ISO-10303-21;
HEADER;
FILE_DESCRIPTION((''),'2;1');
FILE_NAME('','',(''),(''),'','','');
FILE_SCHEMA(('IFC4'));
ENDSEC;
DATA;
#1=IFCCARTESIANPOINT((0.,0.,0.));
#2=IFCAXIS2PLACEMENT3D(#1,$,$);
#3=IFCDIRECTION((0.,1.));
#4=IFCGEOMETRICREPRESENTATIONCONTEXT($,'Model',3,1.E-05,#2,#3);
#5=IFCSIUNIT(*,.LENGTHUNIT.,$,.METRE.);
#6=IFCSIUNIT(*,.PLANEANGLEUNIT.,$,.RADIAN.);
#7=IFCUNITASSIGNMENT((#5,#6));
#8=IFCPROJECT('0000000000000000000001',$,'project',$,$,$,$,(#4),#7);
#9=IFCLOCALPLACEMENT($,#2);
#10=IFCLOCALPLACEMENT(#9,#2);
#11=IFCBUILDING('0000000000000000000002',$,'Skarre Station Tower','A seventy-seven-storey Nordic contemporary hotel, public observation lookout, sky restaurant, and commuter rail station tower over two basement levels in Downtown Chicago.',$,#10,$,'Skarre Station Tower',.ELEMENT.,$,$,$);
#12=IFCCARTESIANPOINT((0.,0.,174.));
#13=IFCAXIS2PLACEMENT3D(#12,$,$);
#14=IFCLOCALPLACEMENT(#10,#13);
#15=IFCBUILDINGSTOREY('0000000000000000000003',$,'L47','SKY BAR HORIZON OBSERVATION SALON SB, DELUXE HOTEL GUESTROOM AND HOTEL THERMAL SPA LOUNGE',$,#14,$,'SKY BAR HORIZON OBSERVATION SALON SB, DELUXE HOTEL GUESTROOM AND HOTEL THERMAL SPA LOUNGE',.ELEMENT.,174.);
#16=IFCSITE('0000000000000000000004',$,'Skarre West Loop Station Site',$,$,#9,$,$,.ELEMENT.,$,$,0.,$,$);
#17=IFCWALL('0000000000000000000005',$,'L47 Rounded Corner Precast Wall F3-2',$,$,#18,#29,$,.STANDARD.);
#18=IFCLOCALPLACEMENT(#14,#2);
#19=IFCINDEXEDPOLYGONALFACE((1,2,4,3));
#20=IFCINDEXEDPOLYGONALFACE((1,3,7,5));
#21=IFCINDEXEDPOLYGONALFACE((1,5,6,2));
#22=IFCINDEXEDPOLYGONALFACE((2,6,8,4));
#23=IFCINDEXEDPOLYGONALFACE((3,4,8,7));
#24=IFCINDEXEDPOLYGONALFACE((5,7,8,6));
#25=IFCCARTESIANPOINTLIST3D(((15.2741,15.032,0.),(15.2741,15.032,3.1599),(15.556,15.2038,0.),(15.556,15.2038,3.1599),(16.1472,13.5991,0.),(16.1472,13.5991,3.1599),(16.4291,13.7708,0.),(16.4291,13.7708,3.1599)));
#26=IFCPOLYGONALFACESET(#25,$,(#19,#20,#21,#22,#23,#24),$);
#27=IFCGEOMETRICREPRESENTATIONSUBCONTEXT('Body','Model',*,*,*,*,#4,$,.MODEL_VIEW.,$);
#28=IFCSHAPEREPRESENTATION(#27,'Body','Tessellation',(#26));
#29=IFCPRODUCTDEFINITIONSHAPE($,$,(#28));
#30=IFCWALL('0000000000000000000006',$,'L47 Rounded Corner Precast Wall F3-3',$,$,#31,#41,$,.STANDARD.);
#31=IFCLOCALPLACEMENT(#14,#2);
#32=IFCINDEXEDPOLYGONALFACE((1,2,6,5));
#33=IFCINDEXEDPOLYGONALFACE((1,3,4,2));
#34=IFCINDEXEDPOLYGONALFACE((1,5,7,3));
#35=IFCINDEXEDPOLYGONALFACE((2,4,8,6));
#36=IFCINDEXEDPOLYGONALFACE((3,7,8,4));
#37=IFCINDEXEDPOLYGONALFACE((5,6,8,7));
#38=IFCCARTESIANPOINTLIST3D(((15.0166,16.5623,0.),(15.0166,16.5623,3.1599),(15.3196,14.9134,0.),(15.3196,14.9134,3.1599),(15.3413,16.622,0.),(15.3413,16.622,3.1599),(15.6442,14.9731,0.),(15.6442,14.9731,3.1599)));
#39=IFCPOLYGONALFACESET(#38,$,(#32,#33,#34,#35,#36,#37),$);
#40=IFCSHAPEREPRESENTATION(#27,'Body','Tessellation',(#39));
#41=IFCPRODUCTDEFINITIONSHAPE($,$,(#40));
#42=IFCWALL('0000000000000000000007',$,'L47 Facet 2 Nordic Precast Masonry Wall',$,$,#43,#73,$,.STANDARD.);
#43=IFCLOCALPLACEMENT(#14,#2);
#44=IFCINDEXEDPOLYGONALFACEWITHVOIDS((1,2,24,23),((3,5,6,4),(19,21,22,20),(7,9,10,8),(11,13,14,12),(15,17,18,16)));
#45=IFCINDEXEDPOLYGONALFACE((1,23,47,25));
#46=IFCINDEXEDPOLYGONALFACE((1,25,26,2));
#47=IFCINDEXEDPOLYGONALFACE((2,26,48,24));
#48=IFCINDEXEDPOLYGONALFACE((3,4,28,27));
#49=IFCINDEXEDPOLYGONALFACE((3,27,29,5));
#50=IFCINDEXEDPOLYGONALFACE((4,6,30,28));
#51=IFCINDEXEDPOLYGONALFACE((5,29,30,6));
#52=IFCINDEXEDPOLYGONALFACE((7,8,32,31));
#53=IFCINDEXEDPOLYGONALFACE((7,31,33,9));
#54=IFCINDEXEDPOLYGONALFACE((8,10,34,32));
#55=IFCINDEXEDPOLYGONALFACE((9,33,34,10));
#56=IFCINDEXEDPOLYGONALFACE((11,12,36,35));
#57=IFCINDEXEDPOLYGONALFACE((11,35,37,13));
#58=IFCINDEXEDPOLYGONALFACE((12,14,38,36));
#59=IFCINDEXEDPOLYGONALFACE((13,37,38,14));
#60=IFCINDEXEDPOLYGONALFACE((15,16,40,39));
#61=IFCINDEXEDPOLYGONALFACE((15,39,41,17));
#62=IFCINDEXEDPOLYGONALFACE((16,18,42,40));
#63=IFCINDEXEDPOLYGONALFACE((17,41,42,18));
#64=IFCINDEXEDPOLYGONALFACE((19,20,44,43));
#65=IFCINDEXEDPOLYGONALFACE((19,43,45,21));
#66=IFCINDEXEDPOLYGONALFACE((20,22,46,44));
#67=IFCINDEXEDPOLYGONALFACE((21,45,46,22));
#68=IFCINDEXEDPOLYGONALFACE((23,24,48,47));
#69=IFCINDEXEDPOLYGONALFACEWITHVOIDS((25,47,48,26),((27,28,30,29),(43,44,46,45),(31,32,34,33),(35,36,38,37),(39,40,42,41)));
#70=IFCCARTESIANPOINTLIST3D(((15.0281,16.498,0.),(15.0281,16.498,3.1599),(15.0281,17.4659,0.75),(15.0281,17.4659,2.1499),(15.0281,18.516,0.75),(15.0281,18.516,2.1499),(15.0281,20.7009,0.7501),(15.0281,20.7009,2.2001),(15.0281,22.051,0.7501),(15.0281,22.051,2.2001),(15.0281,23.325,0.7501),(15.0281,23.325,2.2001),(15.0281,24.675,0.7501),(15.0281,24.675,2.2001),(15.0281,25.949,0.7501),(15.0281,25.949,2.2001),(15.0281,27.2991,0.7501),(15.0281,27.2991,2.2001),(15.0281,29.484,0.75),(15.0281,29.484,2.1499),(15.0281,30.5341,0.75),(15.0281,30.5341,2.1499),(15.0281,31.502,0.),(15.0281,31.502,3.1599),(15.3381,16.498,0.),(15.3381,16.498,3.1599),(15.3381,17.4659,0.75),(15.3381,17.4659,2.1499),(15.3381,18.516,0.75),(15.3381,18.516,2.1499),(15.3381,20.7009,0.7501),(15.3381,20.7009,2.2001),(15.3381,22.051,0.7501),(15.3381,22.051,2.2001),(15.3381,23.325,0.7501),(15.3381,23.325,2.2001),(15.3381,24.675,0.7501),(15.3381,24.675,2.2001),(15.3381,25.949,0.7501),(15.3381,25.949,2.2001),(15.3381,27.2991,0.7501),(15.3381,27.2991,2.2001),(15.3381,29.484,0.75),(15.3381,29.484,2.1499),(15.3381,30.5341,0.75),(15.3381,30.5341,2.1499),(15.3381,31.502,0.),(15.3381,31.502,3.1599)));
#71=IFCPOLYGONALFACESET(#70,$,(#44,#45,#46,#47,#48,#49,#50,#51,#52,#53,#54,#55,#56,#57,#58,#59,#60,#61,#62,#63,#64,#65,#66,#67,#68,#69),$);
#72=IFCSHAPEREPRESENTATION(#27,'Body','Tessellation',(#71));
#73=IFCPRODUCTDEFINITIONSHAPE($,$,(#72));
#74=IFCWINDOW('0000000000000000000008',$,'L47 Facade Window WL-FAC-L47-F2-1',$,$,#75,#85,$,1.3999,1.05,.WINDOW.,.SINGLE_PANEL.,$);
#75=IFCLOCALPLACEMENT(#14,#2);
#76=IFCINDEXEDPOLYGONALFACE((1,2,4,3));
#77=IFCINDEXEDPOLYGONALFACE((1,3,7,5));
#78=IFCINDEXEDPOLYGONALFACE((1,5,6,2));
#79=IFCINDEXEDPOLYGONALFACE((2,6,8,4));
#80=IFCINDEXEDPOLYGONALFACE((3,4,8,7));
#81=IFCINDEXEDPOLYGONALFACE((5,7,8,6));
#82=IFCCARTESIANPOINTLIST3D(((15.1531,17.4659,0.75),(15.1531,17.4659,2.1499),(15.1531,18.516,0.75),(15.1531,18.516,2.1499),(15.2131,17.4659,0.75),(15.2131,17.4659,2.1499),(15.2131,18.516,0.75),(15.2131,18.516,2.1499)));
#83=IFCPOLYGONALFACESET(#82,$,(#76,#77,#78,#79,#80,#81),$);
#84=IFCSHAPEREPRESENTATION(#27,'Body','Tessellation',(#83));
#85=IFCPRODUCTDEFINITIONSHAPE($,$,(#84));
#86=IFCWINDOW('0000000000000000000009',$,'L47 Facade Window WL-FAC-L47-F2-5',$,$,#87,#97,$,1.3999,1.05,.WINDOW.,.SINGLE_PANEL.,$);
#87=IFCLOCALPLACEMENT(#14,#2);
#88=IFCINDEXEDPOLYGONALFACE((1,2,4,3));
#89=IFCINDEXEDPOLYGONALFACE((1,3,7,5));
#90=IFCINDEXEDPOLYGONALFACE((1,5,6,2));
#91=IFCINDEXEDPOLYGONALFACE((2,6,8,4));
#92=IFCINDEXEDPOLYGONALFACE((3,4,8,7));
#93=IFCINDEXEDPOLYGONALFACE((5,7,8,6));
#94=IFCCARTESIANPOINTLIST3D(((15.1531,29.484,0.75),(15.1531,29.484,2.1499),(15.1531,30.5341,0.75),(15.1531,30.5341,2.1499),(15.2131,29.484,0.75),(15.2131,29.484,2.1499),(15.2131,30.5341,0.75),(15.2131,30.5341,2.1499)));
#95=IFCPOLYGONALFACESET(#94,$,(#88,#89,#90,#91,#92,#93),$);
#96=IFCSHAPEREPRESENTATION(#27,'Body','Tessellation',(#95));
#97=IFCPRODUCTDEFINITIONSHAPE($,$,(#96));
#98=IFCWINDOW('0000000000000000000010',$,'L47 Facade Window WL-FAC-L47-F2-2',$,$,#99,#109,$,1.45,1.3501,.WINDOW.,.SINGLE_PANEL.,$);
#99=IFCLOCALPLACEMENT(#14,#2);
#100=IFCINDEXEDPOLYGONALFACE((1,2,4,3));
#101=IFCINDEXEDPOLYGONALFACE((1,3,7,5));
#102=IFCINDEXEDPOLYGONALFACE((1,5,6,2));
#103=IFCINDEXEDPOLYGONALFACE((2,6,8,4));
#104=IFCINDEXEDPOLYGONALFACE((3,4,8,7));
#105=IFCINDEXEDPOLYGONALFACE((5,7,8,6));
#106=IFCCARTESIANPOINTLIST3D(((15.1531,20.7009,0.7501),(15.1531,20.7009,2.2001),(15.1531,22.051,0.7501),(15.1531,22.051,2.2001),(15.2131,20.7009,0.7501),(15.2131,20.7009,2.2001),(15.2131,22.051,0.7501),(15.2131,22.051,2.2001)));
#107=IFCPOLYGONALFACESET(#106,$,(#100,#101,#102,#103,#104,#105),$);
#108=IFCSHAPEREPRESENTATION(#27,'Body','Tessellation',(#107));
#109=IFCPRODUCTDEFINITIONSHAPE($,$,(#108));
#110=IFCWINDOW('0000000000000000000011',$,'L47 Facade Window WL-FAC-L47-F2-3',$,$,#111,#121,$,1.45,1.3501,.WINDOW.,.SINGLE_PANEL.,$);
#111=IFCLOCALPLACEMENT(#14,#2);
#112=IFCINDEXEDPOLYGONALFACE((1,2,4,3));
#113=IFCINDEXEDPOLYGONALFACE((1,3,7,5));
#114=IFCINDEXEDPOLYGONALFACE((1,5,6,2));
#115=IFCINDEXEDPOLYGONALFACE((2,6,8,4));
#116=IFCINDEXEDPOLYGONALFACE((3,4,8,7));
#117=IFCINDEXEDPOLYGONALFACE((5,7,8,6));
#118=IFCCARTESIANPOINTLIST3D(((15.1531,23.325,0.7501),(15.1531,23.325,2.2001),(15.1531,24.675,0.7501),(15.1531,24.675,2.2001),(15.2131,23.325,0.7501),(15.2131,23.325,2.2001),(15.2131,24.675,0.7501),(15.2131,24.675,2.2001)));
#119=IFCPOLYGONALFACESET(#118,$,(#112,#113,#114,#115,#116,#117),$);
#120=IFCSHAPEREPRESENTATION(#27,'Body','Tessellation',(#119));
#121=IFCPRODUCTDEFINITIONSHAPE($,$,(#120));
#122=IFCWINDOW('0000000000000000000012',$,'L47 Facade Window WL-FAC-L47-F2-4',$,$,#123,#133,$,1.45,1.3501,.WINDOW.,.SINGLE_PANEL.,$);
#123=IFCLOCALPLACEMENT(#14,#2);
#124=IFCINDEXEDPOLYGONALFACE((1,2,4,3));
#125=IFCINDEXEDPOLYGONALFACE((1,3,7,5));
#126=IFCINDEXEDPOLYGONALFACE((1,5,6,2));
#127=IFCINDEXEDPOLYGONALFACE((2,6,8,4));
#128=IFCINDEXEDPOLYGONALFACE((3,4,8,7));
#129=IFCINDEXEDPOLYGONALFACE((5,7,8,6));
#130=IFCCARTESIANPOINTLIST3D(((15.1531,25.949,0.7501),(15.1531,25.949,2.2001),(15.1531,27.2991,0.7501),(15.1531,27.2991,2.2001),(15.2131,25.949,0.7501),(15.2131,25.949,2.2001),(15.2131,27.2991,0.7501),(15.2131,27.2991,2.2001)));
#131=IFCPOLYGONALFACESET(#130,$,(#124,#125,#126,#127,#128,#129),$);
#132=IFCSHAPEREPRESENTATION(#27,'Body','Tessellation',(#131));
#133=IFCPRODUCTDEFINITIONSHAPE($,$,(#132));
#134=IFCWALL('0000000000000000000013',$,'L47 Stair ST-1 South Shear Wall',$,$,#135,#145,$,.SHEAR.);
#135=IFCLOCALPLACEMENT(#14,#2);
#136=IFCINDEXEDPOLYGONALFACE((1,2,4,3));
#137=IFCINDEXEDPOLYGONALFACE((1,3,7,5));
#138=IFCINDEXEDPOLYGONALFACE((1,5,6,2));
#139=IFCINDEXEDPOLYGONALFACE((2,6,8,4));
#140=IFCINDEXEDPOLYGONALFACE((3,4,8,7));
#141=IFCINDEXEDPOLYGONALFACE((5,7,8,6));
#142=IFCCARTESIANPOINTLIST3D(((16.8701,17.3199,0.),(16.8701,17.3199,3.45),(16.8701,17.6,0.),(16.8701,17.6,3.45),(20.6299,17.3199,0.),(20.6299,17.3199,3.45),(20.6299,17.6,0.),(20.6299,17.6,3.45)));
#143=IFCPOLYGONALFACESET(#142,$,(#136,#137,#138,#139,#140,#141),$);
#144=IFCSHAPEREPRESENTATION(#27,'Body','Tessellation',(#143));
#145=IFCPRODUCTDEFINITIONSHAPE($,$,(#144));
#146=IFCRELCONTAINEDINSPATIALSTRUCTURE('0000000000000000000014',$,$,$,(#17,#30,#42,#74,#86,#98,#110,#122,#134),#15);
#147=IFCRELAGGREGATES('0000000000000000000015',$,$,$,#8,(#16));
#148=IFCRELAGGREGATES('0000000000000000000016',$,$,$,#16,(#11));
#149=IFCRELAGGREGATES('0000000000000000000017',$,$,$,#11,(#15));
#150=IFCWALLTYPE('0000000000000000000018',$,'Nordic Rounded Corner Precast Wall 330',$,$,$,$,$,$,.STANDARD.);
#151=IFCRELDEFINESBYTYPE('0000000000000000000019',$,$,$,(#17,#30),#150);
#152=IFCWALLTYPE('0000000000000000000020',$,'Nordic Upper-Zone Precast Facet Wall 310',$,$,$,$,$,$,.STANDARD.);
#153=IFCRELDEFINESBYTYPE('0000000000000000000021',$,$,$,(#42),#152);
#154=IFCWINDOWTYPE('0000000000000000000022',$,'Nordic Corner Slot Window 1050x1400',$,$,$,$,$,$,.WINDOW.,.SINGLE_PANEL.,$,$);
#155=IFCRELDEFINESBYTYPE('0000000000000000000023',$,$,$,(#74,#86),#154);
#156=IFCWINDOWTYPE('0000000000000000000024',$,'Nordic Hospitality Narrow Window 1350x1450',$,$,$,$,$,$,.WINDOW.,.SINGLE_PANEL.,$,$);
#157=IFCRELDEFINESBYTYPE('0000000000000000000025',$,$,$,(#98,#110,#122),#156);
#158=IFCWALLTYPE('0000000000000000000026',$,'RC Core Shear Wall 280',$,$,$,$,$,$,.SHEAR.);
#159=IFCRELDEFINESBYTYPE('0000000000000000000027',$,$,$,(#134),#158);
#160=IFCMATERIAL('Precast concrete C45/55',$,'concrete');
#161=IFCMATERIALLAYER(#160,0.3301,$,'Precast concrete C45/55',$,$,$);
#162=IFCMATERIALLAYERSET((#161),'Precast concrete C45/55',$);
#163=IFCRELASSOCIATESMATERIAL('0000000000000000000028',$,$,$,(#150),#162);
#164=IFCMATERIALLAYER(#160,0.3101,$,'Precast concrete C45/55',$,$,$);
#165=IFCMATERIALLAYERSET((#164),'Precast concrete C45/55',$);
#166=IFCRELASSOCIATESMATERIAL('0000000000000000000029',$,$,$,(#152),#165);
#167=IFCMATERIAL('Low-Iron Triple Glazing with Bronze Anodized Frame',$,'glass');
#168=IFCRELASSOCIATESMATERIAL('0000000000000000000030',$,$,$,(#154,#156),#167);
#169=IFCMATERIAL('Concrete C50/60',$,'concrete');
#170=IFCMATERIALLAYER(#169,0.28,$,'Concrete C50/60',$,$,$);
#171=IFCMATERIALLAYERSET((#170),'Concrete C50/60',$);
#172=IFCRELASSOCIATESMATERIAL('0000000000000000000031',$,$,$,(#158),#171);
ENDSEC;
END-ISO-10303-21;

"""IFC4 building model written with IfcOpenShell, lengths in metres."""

from ifc_helpers import new_model, si_unit, direction, frame, frame_2d, origin, place, context, subcontext, project, spatial, rectangle, extrude, material, layer, layer_set, type_object, element, fill, save


model = new_model("IFC4")

# Units and contexts
model_context = context("Model", 3, precision=1e-05, world=origin(), true_north=direction((0.0, 1.0)))
body_context = subcontext(model_context, "Body", "Model", "MODEL_VIEW")
ifc_project = project(units=[si_unit("LENGTHUNIT", "METRE"), si_unit("PLANEANGLEUNIT", "RADIAN")], contexts=[model_context])

# Site, building, storey
site_placement = place(None, origin())
site = spatial("IfcSite", under=ifc_project, at=site_placement, Name="Skarre West Loop Station Site", CompositionType="ELEMENT", RefElevation=0.0)
building_placement = place(site_placement, origin())
building = spatial("IfcBuilding", under=site, at=building_placement, Name="Skarre Station Tower", Description="A seventy-seven-storey Nordic contemporary hotel, public observation lookout, sky restaurant, and commuter rail station tower over two basement levels in Downtown Chicago.", LongName="Skarre Station Tower", CompositionType="ELEMENT")
storey_placement = place(building_placement, frame((0.0, 0.0, 174.0)))
storey = spatial("IfcBuildingStorey", under=building, at=storey_placement, Name="L47", Description="SKY BAR HORIZON OBSERVATION SALON SB, DELUXE HOTEL GUESTROOM AND HOTEL THERMAL SPA LOUNGE", LongName="SKY BAR HORIZON OBSERVATION SALON SB, DELUXE HOTEL GUESTROOM AND HOTEL THERMAL SPA LOUNGE", CompositionType="ELEMENT", Elevation=174.0)

# Shared definitions
ifc_material_1 = material(Name="Concrete C50/60", Category="concrete")

# Walls
ifc_material_2 = material(Name="Precast concrete C45/55", Category="concrete")
ifc_layer_1 = layer(ifc_material_2, 0.3301, Name="Precast concrete C45/55")
ifc_layer_set_1 = layer_set([ifc_layer_1], Name="Precast concrete C45/55")
wall_type_1 = type_object("IfcWallType", Name="Nordic Rounded Corner Precast Wall 330", PredefinedType="STANDARD", material=ifc_layer_set_1)
wall_1_placement = place(storey_placement, frame((16.2881, 13.6851, 0.0), z_axis=(0.0, 0.0, 1.0), x_axis=(-0.520325, 0.853968, 0.0)))
element("IfcWall", 1, at=wall_1_placement, inside=storey, type_object=wall_type_1, Name="L47 Rounded Corner Precast Wall F3-2", PredefinedType="STANDARD", context=body_context, shape_type="SweptSolid", body=[
    extrude(rectangle(XDim=1.678, YDim=0.3301, at=frame_2d((0.8389, 0.0))), origin(), (0.0, 0.0, 1.0), 3.1599),
])
wall_2_placement = place(storey_placement, frame((15.4819, 14.9431, 0.0), z_axis=(0.0, 0.0, 1.0), x_axis=(-0.180718, 0.983535, 0.0)))
element("IfcWall", 2, at=wall_2_placement, inside=storey, type_object=wall_type_1, Name="L47 Rounded Corner Precast Wall F3-3", PredefinedType="STANDARD", context=body_context, shape_type="SweptSolid", body=[
    extrude(rectangle(XDim=1.6765, YDim=0.3301, at=frame_2d((0.8384, 0.0))), origin(), (0.0, 0.0, 1.0), 3.1599),
])

# Wall, openings, windows
ifc_layer_2 = layer(ifc_material_2, 0.3101, Name="Precast concrete C45/55")
ifc_layer_set_2 = layer_set([ifc_layer_2], Name="Precast concrete C45/55")
wall_type_2 = type_object("IfcWallType", Name="Nordic Upper-Zone Precast Facet Wall 310", PredefinedType="STANDARD", material=ifc_layer_set_2)
wall_3_placement = place(storey_placement, frame((15.1831, 16.498, 0.0), z_axis=(0.0, 0.0, 1.0), x_axis=(0.0, 1.0, 0.0)))
wall_3 = element("IfcWall", 3, at=wall_3_placement, inside=storey, type_object=wall_type_2, Name="L47 Facet 2 Nordic Precast Masonry Wall", PredefinedType="STANDARD", context=body_context, shape_type="SweptSolid", body=[
    extrude(rectangle(XDim=15.0039, YDim=0.3101, at=frame_2d((7.502, 0.0))), origin(), (0.0, 0.0, 1.0), 3.1599),
])
opening_1_placement = place(wall_3_placement, frame((0.968, 0.0, 0.75)))
opening_1 = element("IfcOpeningElement", 4, at=opening_1_placement, cuts=wall_3, PredefinedType="OPENING", context=body_context, shape_type="SweptSolid", body=[
    extrude(rectangle(XDim=1.05, YDim=1.3999, at=frame_2d((0.5249, 0.7))), frame((0.0, 0.165, 0.0), z_axis=(0.0, -1.0, 0.0), x_axis=(1.0, 0.0, 0.0)), (0.0, 0.0, 1.0), 0.3301),
])
opening_2_placement = place(wall_3_placement, frame((4.2029, 0.0, 0.75)))
opening_2 = element("IfcOpeningElement", 5, at=opening_2_placement, cuts=wall_3, PredefinedType="OPENING", context=body_context, shape_type="SweptSolid", body=[
    extrude(rectangle(XDim=1.3501, YDim=1.45, at=frame_2d((0.675, 0.7251))), frame((0.0, 0.165, 0.0), z_axis=(0.0, -1.0, 0.0), x_axis=(1.0, 0.0, 0.0)), (0.0, 0.0, 1.0), 0.3301),
])
opening_3_placement = place(wall_3_placement, frame((6.8269, 0.0, 0.75)))
opening_3 = element("IfcOpeningElement", 6, at=opening_3_placement, cuts=wall_3, PredefinedType="OPENING", context=body_context, shape_type="SweptSolid", body=[
    extrude(rectangle(XDim=1.3501, YDim=1.45, at=frame_2d((0.675, 0.7251))), frame((0.0, 0.165, 0.0), z_axis=(0.0, -1.0, 0.0), x_axis=(1.0, 0.0, 0.0)), (0.0, 0.0, 1.0), 0.3301),
])
opening_4_placement = place(wall_3_placement, frame((9.4509, 0.0, 0.75)))
opening_4 = element("IfcOpeningElement", 7, at=opening_4_placement, cuts=wall_3, PredefinedType="OPENING", context=body_context, shape_type="SweptSolid", body=[
    extrude(rectangle(XDim=1.3501, YDim=1.45, at=frame_2d((0.675, 0.7251))), frame((0.0, 0.165, 0.0), z_axis=(0.0, -1.0, 0.0), x_axis=(1.0, 0.0, 0.0)), (0.0, 0.0, 1.0), 0.3301),
])
opening_5_placement = place(wall_3_placement, frame((12.9861, 0.0, 0.75)))
opening_5 = element("IfcOpeningElement", 8, at=opening_5_placement, cuts=wall_3, PredefinedType="OPENING", context=body_context, shape_type="SweptSolid", body=[
    extrude(rectangle(XDim=1.05, YDim=1.3999, at=frame_2d((0.5249, 0.7))), frame((0.0, 0.165, 0.0), z_axis=(0.0, -1.0, 0.0), x_axis=(1.0, 0.0, 0.0)), (0.0, 0.0, 1.0), 0.3301),
])
ifc_material_3 = material(Name="Low-Iron Triple Glazing with Bronze Anodized Frame", Category="glass")
window_type_1 = type_object("IfcWindowType", Name="Nordic Corner Slot Window 1050x1400", PartitioningType="SINGLE_PANEL", PredefinedType="WINDOW", material=ifc_material_3)
window_1_placement = place(opening_1_placement, origin())
window_1 = element("IfcWindow", 9, at=window_1_placement, inside=storey, type_object=window_type_1, Name="L47 Facade Window WL-FAC-L47-F2-1", OverallHeight=1.3999, OverallWidth=1.05, PartitioningType="SINGLE_PANEL", PredefinedType="WINDOW", context=body_context, shape_type="SweptSolid", body=[
    extrude(rectangle(XDim=1.05, YDim=1.3999, at=frame_2d((0.5249, 0.7))), frame((0.0, 0.03, 0.0), z_axis=(0.0, -1.0, 0.0), x_axis=(1.0, 0.0, 0.0)), (0.0, 0.0, 1.0), 0.0601),
])
fill(opening_1, window_1)
window_2_placement = place(opening_5_placement, origin())
window_2 = element("IfcWindow", 10, at=window_2_placement, inside=storey, type_object=window_type_1, Name="L47 Facade Window WL-FAC-L47-F2-5", OverallHeight=1.3999, OverallWidth=1.05, PartitioningType="SINGLE_PANEL", PredefinedType="WINDOW", context=body_context, shape_type="SweptSolid", body=[
    extrude(rectangle(XDim=1.05, YDim=1.3999, at=frame_2d((0.5249, 0.7))), frame((0.0, 0.03, 0.0), z_axis=(0.0, -1.0, 0.0), x_axis=(1.0, 0.0, 0.0)), (0.0, 0.0, 1.0), 0.0601),
])
fill(opening_5, window_2)
window_type_2 = type_object("IfcWindowType", Name="Nordic Hospitality Narrow Window 1350x1450", PartitioningType="SINGLE_PANEL", PredefinedType="WINDOW", material=ifc_material_3)
window_3_placement = place(opening_2_placement, origin())
window_3 = element("IfcWindow", 11, at=window_3_placement, inside=storey, type_object=window_type_2, Name="L47 Facade Window WL-FAC-L47-F2-2", OverallHeight=1.45, OverallWidth=1.3501, PartitioningType="SINGLE_PANEL", PredefinedType="WINDOW", context=body_context, shape_type="SweptSolid", body=[
    extrude(rectangle(XDim=1.3501, YDim=1.45, at=frame_2d((0.675, 0.7251))), frame((0.0, 0.03, 0.0), z_axis=(0.0, -1.0, 0.0), x_axis=(1.0, 0.0, 0.0)), (0.0, 0.0, 1.0), 0.0601),
])
fill(opening_2, window_3)
window_4_placement = place(opening_3_placement, origin())
window_4 = element("IfcWindow", 12, at=window_4_placement, inside=storey, type_object=window_type_2, Name="L47 Facade Window WL-FAC-L47-F2-3", OverallHeight=1.45, OverallWidth=1.3501, PartitioningType="SINGLE_PANEL", PredefinedType="WINDOW", context=body_context, shape_type="SweptSolid", body=[
    extrude(rectangle(XDim=1.3501, YDim=1.45, at=frame_2d((0.675, 0.7251))), frame((0.0, 0.03, 0.0), z_axis=(0.0, -1.0, 0.0), x_axis=(1.0, 0.0, 0.0)), (0.0, 0.0, 1.0), 0.0601),
])
fill(opening_3, window_4)
window_5_placement = place(opening_4_placement, origin())
window_5 = element("IfcWindow", 13, at=window_5_placement, inside=storey, type_object=window_type_2, Name="L47 Facade Window WL-FAC-L47-F2-4", OverallHeight=1.45, OverallWidth=1.3501, PartitioningType="SINGLE_PANEL", PredefinedType="WINDOW", context=body_context, shape_type="SweptSolid", body=[
    extrude(rectangle(XDim=1.3501, YDim=1.45, at=frame_2d((0.675, 0.7251))), frame((0.0, 0.03, 0.0), z_axis=(0.0, -1.0, 0.0), x_axis=(1.0, 0.0, 0.0)), (0.0, 0.0, 1.0), 0.0601),
])
fill(opening_4, window_5)

# Wall
ifc_layer_3 = layer(ifc_material_1, 0.28, Name="Concrete C50/60")
ifc_layer_set_3 = layer_set([ifc_layer_3], Name="Concrete C50/60")
wall_type_3 = type_object("IfcWallType", Name="RC Core Shear Wall 280", PredefinedType="SHEAR", material=ifc_layer_set_3)
wall_4_placement = place(storey_placement, frame((16.8701, 17.46, 0.0), z_axis=(0.0, 0.0, 1.0), x_axis=(1.0, 0.0, 0.0)))
element("IfcWall", 14, at=wall_4_placement, inside=storey, type_object=wall_type_3, Name="L47 Stair ST-1 South Shear Wall", PredefinedType="SHEAR", context=body_context, shape_type="SweptSolid", body=[
    extrude(rectangle(XDim=3.7598, YDim=0.28, at=frame_2d((1.8799, 0.0))), origin(), (0.0, 0.0, 1.0), 3.45),
])

save(model, "model.ifc")
